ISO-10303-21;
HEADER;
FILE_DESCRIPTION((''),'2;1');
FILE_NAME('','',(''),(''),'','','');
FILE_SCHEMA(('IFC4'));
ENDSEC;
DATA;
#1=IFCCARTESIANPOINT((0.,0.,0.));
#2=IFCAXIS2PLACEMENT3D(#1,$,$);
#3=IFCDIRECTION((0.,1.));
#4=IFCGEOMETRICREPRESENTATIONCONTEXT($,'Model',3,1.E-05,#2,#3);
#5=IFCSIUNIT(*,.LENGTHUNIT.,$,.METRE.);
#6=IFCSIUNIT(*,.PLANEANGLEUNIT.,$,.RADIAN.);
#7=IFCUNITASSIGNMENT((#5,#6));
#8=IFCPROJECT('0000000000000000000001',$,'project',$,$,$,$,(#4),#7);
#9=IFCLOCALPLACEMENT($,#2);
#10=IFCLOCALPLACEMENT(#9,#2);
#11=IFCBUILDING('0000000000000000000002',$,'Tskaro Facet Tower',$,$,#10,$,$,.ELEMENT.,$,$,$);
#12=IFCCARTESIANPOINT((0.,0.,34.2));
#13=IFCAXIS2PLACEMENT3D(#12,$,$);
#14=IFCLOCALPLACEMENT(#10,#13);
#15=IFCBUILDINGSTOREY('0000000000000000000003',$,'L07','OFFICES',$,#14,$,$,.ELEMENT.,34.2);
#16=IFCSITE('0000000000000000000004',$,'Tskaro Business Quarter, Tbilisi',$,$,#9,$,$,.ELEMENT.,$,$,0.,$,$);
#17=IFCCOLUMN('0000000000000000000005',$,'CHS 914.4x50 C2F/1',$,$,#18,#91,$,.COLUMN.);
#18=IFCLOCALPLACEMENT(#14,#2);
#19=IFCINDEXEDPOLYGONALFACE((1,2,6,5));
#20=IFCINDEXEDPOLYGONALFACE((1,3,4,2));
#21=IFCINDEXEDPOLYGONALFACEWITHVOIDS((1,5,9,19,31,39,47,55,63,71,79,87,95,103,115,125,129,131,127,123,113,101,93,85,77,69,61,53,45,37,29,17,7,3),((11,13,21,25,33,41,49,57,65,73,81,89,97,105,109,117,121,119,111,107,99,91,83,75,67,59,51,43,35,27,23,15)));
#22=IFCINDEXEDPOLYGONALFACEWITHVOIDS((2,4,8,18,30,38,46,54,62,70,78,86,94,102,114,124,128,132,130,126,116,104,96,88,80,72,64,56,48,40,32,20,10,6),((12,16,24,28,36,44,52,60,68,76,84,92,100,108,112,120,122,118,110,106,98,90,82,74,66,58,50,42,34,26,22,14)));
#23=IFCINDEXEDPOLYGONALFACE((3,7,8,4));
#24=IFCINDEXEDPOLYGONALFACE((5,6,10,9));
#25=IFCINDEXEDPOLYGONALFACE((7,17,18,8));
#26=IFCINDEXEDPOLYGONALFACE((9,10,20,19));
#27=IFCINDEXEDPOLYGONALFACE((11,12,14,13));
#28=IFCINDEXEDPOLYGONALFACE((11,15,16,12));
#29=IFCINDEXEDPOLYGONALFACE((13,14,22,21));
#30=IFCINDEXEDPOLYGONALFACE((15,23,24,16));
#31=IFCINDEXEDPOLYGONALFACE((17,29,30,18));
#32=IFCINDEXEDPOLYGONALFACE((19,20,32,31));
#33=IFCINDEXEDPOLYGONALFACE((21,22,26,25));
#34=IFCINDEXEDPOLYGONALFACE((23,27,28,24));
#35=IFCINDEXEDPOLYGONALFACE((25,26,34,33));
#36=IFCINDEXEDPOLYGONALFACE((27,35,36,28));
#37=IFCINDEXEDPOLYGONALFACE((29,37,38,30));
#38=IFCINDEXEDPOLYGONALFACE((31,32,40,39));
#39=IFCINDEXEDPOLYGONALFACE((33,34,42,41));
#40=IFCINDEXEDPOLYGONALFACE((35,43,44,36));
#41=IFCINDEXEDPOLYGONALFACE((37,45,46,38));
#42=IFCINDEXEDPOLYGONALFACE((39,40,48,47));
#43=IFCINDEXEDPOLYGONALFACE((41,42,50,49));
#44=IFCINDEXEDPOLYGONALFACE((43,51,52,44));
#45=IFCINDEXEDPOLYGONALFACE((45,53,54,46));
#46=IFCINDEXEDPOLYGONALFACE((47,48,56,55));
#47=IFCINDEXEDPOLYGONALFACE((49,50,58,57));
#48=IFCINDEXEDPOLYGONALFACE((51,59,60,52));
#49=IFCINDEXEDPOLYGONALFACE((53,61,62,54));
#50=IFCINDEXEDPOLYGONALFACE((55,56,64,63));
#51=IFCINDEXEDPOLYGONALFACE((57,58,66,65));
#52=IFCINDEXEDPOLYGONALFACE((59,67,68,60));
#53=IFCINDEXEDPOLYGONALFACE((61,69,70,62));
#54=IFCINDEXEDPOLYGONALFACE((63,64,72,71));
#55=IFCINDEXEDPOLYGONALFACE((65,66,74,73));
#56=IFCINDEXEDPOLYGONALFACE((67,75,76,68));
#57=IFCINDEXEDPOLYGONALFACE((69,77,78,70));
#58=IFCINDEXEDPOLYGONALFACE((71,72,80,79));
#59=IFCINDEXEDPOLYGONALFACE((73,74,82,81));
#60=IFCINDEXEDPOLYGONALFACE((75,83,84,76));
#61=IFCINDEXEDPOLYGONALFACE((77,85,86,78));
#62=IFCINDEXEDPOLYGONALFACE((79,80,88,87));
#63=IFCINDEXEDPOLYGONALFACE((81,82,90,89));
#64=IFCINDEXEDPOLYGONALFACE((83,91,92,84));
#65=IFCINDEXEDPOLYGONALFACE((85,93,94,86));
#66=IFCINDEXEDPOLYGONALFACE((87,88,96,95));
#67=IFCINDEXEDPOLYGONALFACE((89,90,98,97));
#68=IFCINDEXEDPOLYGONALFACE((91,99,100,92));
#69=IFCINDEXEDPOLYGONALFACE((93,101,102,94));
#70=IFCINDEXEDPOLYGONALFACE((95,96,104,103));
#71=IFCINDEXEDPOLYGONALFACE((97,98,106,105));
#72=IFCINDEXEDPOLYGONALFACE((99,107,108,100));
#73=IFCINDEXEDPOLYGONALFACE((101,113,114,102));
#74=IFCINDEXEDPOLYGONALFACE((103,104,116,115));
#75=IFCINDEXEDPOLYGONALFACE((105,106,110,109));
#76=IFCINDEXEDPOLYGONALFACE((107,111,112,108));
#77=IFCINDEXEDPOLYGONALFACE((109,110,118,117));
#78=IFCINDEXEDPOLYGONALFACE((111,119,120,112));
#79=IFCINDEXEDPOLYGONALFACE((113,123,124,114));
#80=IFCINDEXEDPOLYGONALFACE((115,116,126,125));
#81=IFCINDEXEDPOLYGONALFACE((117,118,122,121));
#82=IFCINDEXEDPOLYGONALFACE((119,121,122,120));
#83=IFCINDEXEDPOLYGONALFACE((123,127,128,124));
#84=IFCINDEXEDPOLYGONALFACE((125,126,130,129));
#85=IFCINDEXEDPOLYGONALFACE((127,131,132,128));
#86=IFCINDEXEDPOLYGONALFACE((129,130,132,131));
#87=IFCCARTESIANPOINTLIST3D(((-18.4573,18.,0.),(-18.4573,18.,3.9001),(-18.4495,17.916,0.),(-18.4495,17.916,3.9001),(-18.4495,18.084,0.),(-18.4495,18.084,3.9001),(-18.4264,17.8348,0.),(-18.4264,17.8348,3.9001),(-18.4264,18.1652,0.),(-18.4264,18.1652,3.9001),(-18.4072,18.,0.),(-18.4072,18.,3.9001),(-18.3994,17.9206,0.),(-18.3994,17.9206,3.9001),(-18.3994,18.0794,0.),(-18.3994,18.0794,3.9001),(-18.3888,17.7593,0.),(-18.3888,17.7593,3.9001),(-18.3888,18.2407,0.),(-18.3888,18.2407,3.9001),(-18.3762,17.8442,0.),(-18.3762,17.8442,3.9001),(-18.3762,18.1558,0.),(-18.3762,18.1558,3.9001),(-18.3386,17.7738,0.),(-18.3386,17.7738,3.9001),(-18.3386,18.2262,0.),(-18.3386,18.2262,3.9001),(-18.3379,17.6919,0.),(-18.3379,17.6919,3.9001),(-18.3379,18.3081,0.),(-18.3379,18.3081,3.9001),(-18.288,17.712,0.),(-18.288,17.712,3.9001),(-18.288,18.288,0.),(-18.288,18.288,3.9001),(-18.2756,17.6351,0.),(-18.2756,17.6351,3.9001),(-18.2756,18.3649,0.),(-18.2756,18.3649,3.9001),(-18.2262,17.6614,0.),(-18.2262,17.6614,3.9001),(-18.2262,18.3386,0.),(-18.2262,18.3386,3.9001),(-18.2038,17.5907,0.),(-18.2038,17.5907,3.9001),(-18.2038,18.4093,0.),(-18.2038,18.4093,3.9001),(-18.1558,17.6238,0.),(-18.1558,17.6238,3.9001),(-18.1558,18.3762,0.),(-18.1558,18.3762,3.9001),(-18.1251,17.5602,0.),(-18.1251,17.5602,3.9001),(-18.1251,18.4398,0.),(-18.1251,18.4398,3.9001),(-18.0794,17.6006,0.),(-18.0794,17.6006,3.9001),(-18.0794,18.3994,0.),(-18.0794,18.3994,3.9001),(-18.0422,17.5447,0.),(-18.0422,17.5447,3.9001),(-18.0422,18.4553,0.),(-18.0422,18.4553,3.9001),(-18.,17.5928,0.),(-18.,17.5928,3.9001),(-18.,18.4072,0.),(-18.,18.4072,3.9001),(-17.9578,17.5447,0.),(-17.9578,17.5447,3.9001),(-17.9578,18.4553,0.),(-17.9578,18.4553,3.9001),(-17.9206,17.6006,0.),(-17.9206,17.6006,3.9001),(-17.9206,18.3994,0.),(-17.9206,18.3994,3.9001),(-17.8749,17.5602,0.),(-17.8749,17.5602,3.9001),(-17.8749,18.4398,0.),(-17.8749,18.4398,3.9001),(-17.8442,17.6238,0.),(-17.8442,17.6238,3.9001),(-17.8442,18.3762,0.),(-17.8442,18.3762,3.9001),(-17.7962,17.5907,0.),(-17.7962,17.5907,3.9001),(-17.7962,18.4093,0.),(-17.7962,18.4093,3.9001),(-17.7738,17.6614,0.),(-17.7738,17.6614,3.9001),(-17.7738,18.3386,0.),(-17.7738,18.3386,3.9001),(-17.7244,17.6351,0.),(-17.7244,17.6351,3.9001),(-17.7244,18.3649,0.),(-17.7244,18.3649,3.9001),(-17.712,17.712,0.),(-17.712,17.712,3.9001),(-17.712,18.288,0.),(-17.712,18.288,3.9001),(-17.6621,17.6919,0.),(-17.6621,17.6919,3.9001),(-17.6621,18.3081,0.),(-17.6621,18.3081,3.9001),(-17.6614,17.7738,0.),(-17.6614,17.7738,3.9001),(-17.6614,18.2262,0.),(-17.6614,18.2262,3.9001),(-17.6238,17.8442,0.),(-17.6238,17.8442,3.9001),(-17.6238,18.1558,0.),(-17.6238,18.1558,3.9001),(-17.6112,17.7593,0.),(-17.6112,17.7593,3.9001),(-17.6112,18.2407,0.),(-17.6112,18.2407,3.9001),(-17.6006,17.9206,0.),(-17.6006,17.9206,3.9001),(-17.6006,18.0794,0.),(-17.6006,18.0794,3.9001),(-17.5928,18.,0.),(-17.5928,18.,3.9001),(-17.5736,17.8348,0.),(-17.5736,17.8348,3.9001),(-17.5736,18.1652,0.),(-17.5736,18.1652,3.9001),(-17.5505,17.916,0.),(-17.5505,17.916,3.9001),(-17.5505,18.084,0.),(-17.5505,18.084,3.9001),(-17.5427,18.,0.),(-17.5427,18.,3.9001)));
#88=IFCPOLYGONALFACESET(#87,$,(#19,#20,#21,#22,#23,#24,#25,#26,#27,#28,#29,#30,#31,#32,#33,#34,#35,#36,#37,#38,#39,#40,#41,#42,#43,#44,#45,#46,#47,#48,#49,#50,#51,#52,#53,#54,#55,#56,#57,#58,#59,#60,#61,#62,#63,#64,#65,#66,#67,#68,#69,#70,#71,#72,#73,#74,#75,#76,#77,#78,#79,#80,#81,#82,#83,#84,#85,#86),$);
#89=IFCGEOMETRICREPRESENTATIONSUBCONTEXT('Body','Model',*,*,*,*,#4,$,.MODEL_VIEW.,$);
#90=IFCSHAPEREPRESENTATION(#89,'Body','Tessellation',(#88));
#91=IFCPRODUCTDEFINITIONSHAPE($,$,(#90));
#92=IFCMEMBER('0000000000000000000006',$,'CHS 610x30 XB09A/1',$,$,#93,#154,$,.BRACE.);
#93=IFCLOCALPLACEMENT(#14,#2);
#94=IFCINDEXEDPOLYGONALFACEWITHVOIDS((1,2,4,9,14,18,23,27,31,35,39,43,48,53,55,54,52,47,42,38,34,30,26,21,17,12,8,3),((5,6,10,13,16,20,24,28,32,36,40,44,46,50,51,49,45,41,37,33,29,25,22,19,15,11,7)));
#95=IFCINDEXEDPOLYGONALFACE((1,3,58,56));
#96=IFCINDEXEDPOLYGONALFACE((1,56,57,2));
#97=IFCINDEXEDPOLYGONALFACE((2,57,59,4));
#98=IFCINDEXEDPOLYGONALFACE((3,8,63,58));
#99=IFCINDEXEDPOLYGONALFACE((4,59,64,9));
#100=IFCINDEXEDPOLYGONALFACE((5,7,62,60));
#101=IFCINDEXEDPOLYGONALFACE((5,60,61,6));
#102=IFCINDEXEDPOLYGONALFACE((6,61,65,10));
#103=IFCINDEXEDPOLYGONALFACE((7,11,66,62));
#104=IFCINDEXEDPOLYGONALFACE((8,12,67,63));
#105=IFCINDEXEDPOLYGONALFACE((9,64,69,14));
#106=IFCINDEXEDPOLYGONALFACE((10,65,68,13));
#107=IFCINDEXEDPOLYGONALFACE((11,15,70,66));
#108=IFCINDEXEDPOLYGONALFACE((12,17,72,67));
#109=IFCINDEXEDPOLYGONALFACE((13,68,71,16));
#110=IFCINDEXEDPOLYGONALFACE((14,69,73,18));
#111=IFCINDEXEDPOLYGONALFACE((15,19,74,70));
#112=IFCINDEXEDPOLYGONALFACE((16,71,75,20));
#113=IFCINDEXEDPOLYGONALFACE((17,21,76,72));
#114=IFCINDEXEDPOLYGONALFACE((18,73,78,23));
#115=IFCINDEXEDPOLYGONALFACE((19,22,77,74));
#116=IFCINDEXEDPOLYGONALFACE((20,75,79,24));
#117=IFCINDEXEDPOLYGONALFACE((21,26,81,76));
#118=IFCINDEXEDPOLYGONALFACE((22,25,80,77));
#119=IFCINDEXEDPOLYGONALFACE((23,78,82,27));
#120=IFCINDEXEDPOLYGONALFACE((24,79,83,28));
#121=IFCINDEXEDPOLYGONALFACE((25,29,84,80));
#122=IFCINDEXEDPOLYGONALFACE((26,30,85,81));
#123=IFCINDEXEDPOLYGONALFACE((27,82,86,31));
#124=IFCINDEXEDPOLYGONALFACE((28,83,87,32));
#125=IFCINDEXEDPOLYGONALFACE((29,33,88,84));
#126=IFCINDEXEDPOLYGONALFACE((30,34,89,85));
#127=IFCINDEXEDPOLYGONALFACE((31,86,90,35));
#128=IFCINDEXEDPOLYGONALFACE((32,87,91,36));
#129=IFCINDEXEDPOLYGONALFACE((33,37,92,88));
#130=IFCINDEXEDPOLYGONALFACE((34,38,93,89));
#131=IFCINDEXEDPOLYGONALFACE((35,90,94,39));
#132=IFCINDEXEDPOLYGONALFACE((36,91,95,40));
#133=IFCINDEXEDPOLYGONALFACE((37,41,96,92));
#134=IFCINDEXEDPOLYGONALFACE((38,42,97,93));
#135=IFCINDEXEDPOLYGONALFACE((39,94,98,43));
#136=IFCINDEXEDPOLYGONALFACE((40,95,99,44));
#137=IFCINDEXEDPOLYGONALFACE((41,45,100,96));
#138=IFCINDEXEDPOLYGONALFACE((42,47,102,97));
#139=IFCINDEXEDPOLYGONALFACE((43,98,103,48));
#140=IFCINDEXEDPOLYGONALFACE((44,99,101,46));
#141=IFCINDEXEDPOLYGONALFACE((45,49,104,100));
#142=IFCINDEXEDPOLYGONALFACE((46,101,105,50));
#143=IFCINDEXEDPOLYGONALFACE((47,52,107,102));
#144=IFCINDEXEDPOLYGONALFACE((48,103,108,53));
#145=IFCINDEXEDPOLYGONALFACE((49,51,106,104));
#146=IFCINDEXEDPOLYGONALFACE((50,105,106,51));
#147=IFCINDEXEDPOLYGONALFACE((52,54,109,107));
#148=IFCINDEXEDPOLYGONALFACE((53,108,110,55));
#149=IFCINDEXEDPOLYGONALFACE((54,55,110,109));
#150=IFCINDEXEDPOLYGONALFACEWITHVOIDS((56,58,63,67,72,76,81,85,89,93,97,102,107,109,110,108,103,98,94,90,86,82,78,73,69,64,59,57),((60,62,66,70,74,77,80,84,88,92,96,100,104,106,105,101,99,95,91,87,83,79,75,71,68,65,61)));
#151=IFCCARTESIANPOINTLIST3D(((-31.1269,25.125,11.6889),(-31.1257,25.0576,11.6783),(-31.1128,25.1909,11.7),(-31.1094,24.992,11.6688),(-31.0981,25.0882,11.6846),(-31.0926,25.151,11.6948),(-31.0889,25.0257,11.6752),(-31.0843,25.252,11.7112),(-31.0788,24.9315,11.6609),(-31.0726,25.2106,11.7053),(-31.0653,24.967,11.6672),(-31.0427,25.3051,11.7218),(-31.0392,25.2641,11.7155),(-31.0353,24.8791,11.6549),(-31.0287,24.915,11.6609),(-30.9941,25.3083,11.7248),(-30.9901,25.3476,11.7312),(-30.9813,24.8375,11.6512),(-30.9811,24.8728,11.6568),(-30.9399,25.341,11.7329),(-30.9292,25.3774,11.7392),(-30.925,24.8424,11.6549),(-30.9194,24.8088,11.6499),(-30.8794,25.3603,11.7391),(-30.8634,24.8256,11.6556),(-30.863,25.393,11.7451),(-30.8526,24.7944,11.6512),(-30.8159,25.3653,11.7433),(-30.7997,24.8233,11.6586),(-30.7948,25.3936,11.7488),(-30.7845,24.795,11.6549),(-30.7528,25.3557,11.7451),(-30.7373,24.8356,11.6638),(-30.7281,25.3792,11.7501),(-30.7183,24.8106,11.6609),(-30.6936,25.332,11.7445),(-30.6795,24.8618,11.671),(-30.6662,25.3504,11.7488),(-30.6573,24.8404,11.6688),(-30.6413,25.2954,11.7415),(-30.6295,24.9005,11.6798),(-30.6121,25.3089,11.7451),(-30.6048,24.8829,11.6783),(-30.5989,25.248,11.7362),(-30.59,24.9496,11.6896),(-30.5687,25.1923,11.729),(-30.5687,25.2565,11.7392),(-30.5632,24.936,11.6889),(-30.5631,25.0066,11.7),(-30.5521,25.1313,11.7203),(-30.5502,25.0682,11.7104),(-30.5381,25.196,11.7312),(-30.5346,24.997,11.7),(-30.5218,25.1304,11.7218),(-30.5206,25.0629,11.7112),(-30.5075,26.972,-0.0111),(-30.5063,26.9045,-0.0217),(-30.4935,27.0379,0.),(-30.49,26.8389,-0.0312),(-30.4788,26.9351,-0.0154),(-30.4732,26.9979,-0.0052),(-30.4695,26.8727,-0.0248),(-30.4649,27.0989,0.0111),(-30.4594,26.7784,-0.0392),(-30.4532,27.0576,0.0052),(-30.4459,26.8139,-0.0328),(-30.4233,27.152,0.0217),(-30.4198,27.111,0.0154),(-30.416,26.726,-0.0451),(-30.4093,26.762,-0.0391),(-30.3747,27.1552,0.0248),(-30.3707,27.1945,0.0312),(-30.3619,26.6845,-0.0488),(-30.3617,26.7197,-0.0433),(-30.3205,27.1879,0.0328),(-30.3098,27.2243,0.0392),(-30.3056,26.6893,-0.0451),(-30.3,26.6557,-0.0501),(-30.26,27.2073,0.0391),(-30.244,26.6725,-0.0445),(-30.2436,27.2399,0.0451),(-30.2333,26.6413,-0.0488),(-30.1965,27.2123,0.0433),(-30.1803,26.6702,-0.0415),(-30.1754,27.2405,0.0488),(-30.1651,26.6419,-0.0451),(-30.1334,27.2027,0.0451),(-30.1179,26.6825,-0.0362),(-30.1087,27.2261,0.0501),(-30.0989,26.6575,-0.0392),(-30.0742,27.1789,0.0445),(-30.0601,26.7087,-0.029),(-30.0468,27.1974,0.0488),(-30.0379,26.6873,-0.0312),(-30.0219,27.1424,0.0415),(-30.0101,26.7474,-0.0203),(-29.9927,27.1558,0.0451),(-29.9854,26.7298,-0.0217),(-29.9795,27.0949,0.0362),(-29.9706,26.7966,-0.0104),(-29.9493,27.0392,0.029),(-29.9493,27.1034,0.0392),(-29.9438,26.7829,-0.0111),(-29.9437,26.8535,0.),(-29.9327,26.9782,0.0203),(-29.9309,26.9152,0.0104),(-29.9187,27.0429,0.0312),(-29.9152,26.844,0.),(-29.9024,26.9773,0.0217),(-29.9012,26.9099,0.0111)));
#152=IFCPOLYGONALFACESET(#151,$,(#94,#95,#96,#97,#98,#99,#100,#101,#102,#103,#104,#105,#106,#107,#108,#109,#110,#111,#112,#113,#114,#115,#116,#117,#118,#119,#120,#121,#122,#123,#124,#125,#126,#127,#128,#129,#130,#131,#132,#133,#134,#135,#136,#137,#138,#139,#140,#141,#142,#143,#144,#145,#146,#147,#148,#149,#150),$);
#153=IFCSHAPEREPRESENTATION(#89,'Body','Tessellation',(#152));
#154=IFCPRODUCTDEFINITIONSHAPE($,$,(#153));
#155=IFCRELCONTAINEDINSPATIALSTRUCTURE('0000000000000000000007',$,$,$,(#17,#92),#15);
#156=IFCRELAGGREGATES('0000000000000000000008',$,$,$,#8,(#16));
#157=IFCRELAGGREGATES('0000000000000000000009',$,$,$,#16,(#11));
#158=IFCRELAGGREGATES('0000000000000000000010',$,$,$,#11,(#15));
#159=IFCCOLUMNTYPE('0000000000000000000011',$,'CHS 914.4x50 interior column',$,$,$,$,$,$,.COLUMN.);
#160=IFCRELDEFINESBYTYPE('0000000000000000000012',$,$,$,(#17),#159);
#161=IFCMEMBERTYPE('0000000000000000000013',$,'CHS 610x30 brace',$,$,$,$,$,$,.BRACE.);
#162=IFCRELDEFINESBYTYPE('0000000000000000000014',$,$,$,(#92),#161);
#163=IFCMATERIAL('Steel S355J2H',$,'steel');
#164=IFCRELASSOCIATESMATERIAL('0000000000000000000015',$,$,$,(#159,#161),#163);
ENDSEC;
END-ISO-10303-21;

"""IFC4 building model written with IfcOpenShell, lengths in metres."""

from ifc_helpers import new_model, si_unit, direction, frame, origin, origin_2d, place, context, subcontext, project, spatial, hollow_circle, extrude, material, material_profile, profile_set, type_object, element, save


model = new_model("IFC4")

# Units and contexts
model_context = context("Model", 3, precision=1e-05, world=origin(), true_north=direction((0.0, 1.0)))
body_context = subcontext(model_context, "Body", "Model", "MODEL_VIEW")
ifc_project = project(units=[si_unit("LENGTHUNIT", "METRE"), si_unit("PLANEANGLEUNIT", "RADIAN")], contexts=[model_context])

# Site, building, storey
site_placement = place(None, origin())
site = spatial("IfcSite", under=ifc_project, at=site_placement, Name="Tskaro Business Quarter, Tbilisi", CompositionType="ELEMENT", RefElevation=0.0)
building_placement = place(site_placement, origin())
building = spatial("IfcBuilding", under=site, at=building_placement, Name="Tskaro Facet Tower", CompositionType="ELEMENT")
storey_placement = place(building_placement, frame((0.0, 0.0, 34.2)))
storey = spatial("IfcBuildingStorey", under=building, at=storey_placement, Name="L07", Description="OFFICES", CompositionType="ELEMENT", Elevation=34.2)

# Column
ifc_material_1 = material(Name="Steel S355J2H", Category="steel")
ifc_material_profile_1 = material_profile(ifc_material_1, hollow_circle(Radius=0.4573, WallThickness=0.05, at=origin_2d()), Name="CHS 914.4x50")
ifc_profile_set_1 = profile_set([ifc_material_profile_1], Name="Steel S355J2H")
column_type_1 = type_object("IfcColumnType", Name="CHS 914.4x50 interior column", PredefinedType="COLUMN", material=ifc_profile_set_1)
column_placement = place(storey_placement, frame((-18.0, 18.0, 0.0), z_axis=(0.0, 0.0, 1.0), x_axis=(1.0, 0.0, 0.0)))
element("IfcColumn", 1, at=column_placement, inside=storey, type_object=column_type_1, Name="CHS 914.4x50 C2F/1", PredefinedType="COLUMN", context=body_context, shape_type="SweptSolid", body=[
    extrude(hollow_circle(Radius=0.4573, WallThickness=0.05, at=origin_2d()), origin(), (0.0, 0.0, 1.0), 3.9001),
])

# Member
ifc_material_profile_2 = material_profile(ifc_material_1, hollow_circle(Radius=0.3049, WallThickness=0.03, at=origin_2d()), Name="CHS 610x30")
ifc_profile_set_2 = profile_set([ifc_material_profile_2], Name="Steel S355J2H")
member_type_1 = type_object("IfcMemberType", Name="CHS 610x30 brace", PredefinedType="BRACE", material=ifc_profile_set_2)
for number, where, z_axis, x_axis, name in (
    (2, (-30.2043, 26.9409, 0.0), (-0.05222, -0.155714, 0.986421), (0.948105, -0.317957, 0.0), "CHS 610x30 XB09A/1"),
):
    element("IfcMember", number, at=place(storey_placement, frame(where, z_axis=z_axis, x_axis=x_axis)), inside=storey, type_object=member_type_1, Name=name, PredefinedType="BRACE", context=body_context, shape_type="SweptSolid", body=[
        extrude(hollow_circle(Radius=0.3049, WallThickness=0.03, at=origin_2d()), origin(), (0.0, 0.0, 1.0), 11.8611),
    ])

save(model, "model.ifc")
